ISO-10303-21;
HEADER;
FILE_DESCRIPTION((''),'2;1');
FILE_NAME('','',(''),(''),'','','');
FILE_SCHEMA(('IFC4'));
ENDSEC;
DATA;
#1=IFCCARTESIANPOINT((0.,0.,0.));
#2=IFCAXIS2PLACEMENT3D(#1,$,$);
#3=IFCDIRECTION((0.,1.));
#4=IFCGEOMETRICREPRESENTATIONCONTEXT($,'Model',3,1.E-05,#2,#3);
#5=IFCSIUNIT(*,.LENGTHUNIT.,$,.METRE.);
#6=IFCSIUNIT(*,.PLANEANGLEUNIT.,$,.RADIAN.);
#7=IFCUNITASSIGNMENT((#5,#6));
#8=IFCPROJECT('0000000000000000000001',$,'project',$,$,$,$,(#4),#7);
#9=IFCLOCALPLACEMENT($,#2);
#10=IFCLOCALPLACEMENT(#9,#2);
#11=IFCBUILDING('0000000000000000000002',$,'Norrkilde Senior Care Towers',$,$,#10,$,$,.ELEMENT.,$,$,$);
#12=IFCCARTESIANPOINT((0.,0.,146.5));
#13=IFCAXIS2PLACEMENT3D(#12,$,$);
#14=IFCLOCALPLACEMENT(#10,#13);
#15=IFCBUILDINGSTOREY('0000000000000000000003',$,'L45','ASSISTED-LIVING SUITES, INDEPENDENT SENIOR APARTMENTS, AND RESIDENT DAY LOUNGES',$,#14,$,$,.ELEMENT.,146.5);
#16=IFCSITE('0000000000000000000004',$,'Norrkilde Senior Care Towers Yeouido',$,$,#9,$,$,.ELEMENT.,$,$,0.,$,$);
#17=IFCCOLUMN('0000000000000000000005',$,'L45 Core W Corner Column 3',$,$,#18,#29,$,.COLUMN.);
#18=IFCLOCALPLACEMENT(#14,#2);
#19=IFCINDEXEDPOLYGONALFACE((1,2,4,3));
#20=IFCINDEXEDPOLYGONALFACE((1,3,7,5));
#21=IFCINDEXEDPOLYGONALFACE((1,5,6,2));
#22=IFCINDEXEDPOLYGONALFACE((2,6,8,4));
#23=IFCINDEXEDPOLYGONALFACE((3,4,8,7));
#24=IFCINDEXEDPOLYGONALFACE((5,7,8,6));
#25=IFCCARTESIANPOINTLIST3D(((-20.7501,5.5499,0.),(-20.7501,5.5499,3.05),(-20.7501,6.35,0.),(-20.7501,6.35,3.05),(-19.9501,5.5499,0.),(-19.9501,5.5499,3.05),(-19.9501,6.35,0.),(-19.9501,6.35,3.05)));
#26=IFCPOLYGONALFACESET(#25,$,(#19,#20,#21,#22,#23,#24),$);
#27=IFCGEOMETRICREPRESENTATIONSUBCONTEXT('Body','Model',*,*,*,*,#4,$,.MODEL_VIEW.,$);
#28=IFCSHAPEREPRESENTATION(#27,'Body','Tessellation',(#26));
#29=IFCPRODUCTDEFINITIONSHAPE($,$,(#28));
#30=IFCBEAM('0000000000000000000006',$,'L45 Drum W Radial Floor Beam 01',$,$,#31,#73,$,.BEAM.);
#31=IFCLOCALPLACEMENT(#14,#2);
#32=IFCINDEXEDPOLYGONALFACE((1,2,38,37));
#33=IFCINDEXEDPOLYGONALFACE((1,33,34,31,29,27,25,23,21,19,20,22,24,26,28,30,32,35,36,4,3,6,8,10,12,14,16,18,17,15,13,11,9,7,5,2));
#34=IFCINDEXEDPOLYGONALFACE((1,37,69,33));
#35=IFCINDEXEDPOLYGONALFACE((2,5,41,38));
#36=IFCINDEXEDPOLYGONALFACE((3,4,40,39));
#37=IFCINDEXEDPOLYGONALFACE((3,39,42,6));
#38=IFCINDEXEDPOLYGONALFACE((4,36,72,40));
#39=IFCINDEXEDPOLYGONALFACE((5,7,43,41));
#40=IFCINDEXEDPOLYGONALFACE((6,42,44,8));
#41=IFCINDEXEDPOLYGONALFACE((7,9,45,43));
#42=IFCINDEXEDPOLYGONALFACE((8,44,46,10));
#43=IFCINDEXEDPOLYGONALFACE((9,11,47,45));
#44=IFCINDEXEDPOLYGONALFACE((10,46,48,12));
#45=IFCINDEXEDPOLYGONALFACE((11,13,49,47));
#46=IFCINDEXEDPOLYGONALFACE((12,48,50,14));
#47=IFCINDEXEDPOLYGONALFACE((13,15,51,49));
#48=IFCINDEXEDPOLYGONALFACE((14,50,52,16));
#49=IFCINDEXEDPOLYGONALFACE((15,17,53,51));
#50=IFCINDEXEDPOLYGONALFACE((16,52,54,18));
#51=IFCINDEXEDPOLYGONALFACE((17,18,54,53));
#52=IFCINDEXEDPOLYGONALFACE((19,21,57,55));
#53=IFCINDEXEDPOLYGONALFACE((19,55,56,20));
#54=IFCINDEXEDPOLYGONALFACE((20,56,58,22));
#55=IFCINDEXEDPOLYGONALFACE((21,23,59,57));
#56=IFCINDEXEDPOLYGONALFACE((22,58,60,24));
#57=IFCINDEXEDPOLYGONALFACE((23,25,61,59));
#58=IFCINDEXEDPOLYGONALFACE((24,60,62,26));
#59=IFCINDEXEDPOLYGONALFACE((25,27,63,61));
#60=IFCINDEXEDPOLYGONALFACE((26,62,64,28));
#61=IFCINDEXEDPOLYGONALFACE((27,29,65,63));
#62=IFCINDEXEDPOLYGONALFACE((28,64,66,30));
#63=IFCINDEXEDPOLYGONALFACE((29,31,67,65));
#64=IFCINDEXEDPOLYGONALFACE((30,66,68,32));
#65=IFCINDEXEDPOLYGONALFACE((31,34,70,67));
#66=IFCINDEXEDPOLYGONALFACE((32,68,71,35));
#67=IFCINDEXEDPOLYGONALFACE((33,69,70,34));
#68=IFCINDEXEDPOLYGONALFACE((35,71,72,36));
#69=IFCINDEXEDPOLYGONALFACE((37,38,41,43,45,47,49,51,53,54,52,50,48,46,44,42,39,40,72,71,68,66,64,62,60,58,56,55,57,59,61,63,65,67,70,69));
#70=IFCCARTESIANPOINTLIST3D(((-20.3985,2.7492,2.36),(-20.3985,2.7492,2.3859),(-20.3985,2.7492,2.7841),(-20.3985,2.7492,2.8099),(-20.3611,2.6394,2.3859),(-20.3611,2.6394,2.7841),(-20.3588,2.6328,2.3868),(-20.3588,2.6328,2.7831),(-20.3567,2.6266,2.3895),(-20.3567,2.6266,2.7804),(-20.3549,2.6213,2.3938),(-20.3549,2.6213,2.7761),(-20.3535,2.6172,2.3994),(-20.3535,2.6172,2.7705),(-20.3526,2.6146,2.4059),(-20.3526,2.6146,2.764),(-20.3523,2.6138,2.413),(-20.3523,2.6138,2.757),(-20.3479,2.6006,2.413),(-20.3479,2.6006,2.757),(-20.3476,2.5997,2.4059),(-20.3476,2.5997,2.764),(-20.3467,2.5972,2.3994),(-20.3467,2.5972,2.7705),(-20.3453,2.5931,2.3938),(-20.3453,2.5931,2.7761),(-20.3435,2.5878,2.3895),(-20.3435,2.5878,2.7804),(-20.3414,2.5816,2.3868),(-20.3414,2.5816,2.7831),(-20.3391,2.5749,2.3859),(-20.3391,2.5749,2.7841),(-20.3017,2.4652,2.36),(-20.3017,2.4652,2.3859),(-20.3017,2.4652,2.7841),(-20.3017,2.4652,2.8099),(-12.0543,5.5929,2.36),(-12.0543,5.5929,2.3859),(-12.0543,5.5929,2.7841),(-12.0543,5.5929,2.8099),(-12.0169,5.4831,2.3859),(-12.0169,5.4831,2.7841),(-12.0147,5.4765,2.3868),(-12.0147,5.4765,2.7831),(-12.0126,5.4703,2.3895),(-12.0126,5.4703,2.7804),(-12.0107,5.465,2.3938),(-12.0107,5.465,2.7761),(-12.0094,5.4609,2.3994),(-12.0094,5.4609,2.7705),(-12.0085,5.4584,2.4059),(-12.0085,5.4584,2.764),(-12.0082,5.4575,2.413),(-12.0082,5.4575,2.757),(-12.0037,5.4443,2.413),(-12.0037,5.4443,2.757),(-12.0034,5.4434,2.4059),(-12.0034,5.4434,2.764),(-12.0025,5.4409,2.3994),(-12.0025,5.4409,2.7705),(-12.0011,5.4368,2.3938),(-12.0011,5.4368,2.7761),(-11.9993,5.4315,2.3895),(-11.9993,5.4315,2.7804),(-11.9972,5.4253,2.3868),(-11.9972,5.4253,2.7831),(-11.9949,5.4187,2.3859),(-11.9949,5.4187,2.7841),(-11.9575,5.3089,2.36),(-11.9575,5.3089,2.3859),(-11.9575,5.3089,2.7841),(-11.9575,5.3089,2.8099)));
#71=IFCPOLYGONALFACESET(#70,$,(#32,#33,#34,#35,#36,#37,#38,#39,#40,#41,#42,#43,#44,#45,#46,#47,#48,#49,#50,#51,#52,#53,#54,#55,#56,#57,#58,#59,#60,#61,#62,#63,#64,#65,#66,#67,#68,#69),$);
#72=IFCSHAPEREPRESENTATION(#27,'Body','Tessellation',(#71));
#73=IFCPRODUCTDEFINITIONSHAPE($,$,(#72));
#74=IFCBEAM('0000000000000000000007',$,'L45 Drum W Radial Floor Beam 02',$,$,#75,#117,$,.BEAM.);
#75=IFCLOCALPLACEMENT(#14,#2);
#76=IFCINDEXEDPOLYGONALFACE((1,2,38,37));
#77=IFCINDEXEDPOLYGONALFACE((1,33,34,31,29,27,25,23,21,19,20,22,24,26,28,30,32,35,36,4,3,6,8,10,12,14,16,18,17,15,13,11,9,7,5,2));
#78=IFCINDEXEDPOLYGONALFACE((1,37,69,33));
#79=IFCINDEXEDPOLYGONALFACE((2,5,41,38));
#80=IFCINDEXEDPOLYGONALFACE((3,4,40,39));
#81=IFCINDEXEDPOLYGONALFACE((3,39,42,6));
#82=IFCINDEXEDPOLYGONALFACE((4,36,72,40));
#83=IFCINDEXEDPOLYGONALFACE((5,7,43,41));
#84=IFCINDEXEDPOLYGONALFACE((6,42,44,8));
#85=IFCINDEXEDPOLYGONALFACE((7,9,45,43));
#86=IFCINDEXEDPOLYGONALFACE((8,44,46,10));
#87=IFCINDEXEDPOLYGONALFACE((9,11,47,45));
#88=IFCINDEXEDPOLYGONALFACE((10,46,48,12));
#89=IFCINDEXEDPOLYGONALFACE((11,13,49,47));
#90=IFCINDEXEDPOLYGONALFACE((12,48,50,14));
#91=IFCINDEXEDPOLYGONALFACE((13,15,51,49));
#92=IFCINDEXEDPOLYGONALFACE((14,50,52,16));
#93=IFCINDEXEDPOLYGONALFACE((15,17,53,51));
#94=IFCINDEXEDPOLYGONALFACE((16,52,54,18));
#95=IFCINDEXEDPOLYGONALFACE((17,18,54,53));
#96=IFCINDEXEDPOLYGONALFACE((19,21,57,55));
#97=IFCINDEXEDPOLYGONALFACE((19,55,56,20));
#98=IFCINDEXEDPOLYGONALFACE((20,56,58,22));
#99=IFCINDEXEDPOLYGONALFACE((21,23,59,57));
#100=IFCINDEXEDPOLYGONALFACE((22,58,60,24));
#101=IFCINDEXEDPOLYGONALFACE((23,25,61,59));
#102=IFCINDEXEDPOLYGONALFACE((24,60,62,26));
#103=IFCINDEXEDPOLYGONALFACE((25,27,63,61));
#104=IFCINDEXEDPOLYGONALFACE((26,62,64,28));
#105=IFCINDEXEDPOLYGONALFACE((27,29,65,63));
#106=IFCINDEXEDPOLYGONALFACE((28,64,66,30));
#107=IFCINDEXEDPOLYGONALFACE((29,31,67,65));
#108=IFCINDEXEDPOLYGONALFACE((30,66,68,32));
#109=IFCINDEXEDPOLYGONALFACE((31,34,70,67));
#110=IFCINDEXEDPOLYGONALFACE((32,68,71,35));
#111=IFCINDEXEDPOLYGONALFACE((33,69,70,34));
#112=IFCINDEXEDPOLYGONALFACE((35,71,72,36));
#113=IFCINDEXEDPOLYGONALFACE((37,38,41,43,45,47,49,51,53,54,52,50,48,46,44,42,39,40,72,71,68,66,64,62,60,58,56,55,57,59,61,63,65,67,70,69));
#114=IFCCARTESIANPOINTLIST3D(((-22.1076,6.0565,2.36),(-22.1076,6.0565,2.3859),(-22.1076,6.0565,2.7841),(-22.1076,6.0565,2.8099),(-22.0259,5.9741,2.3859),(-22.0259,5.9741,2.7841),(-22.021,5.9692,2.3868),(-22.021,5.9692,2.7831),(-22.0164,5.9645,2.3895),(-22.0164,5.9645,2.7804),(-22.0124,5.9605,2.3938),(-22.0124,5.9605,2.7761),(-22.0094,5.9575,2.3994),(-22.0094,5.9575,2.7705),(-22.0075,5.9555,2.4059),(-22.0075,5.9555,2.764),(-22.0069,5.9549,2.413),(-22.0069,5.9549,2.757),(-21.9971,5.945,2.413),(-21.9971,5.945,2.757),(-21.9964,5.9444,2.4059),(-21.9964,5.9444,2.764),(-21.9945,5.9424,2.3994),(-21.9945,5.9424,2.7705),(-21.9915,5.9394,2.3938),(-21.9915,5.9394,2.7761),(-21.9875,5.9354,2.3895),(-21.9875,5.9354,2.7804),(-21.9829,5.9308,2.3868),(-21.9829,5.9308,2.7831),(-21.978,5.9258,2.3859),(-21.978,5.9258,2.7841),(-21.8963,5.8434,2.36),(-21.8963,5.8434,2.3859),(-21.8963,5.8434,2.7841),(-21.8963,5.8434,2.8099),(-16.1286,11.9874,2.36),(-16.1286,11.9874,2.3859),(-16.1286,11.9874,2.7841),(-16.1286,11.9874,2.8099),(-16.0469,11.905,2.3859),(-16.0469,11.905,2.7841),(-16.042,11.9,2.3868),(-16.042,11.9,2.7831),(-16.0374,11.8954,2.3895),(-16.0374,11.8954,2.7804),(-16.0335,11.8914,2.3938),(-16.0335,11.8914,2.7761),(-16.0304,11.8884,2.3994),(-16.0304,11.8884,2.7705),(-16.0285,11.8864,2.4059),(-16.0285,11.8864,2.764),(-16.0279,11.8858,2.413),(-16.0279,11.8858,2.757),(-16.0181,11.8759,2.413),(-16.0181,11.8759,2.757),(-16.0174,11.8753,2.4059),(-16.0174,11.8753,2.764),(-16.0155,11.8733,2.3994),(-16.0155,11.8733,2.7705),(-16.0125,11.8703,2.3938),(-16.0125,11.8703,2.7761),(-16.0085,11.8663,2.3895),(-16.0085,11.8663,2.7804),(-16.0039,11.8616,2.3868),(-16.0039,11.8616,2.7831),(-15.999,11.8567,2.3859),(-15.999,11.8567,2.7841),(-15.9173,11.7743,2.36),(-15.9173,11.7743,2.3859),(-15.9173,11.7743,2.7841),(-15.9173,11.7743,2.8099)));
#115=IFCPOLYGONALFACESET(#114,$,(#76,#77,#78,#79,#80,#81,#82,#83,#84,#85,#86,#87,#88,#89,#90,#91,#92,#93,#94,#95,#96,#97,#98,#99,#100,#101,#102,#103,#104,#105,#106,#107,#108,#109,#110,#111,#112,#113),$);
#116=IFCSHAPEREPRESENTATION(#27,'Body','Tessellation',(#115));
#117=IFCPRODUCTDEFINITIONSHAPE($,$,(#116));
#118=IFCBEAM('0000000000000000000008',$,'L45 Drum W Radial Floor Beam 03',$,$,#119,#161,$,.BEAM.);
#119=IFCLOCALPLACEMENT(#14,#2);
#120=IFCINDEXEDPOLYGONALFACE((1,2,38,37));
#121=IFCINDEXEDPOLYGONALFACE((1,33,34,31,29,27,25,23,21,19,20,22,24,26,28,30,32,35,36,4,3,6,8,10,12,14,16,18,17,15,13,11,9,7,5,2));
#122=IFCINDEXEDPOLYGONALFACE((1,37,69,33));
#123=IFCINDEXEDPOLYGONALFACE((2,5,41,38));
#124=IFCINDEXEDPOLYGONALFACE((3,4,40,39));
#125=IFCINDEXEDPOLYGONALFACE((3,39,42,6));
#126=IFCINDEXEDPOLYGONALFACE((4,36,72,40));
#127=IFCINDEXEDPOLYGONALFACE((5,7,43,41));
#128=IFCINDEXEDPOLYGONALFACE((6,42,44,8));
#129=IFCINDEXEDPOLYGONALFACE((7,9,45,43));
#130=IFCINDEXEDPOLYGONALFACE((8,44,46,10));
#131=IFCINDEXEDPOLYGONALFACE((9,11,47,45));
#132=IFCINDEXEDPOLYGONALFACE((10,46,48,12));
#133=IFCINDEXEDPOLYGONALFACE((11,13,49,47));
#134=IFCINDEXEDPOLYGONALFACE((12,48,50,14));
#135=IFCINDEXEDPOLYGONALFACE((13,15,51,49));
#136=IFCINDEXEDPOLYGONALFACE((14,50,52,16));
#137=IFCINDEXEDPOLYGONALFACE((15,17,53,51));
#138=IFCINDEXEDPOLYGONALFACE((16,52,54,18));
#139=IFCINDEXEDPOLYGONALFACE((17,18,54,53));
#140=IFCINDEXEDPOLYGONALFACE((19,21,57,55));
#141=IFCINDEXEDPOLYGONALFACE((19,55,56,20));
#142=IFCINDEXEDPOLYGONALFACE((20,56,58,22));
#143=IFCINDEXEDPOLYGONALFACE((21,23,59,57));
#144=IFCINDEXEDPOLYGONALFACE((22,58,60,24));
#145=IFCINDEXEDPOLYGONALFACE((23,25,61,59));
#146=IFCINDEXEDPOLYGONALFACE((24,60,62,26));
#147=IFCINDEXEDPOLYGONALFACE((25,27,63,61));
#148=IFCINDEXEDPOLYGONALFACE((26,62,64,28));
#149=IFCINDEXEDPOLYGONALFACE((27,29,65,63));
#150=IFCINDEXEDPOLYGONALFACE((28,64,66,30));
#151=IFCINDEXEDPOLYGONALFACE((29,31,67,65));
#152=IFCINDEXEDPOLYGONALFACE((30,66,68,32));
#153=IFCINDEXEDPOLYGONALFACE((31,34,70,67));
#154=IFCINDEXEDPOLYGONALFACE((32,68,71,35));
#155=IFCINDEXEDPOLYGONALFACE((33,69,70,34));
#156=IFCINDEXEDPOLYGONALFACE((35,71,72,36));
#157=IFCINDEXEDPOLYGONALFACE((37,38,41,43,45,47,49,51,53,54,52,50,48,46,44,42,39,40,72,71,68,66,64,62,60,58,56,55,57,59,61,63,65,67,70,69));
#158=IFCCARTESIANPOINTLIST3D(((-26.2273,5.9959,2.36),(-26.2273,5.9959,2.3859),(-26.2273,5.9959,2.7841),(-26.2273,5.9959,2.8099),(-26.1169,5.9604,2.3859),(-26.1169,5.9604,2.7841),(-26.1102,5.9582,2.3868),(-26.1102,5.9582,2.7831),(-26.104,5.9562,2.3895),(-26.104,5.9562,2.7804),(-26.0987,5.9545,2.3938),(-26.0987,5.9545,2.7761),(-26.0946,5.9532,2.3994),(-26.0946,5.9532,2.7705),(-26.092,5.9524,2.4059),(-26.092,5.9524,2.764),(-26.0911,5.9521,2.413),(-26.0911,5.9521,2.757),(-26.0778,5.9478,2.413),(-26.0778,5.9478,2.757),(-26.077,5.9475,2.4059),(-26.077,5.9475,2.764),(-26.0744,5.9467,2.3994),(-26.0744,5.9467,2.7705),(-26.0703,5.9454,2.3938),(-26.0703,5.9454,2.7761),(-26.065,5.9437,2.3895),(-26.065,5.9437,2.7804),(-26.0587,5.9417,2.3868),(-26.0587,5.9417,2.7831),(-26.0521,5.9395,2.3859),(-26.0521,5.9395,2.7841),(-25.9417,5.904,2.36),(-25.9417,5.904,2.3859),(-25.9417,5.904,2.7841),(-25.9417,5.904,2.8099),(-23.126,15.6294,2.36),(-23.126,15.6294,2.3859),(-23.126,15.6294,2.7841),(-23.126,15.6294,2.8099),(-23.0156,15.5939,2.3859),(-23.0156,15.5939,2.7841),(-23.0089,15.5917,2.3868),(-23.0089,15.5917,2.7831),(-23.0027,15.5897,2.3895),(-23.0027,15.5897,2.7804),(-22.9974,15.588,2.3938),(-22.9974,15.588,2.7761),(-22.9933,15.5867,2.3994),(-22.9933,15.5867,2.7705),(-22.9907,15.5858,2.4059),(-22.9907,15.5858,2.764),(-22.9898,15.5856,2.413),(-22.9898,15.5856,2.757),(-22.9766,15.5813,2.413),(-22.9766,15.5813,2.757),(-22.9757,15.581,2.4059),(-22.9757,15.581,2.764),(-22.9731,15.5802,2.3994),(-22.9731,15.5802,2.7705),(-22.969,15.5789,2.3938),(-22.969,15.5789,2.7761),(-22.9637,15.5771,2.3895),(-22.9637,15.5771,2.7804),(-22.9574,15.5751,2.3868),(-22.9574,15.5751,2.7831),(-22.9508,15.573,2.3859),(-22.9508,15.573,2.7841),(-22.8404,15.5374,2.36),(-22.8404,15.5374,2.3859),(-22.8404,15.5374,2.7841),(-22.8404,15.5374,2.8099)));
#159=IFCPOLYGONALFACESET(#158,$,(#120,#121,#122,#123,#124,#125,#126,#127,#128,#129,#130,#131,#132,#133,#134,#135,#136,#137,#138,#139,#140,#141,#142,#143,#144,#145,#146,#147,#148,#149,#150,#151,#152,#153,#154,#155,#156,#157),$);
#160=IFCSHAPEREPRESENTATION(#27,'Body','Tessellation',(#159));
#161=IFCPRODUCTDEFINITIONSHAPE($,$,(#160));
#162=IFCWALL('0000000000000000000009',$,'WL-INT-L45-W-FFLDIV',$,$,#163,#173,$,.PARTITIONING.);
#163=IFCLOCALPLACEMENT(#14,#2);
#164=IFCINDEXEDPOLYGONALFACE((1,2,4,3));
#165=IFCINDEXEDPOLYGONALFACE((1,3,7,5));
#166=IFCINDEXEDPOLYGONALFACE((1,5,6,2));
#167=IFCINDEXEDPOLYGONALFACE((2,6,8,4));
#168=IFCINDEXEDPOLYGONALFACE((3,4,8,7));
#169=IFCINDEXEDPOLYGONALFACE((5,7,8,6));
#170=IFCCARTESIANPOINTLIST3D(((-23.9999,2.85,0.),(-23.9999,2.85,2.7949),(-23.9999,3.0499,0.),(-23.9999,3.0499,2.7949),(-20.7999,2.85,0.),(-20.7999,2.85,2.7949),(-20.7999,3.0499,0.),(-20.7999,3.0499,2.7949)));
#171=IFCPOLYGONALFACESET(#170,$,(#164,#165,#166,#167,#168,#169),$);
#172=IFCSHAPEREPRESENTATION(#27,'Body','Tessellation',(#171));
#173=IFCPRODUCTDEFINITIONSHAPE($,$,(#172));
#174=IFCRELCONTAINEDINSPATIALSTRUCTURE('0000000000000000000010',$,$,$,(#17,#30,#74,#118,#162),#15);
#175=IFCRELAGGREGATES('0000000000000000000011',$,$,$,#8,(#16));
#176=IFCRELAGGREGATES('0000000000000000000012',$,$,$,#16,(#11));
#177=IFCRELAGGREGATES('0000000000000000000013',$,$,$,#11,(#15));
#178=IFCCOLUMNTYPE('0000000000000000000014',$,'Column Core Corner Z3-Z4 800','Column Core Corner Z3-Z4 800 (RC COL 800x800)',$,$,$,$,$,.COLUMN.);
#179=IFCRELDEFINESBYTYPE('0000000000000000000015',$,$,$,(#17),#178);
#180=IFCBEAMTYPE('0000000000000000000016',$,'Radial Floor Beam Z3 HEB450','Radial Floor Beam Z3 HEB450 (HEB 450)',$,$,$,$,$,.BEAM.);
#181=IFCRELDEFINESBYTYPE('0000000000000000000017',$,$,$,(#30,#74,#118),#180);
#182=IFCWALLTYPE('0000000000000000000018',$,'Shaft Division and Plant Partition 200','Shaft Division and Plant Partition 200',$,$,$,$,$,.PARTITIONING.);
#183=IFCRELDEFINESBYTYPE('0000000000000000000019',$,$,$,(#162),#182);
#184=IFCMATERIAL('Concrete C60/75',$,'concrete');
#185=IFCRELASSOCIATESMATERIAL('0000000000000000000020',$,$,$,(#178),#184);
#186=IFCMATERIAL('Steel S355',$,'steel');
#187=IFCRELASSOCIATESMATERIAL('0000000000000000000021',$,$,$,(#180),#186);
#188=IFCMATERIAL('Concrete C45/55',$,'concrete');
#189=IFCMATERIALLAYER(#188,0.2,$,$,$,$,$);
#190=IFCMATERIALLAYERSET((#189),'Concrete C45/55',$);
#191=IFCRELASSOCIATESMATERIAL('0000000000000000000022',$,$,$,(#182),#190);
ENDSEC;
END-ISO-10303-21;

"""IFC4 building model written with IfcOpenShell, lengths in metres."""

from ifc_helpers import new_model, si_unit, direction, frame, frame_2d, origin, origin_2d, place, context, subcontext, project, spatial, rectangle, i_section, extrude, source, transform, mapped, material, layer, layer_set, material_profile, profile_set, type_object, type_shapes, element, save


model = new_model("IFC4")

# Units and contexts
model_context = context("Model", 3, precision=1e-05, world=origin(), true_north=direction((0.0, 1.0)))
body_context = subcontext(model_context, "Body", "Model", "MODEL_VIEW")
ifc_project = project(units=[si_unit("LENGTHUNIT", "METRE"), si_unit("PLANEANGLEUNIT", "RADIAN")], contexts=[model_context])

# Site, building, storey
site_placement = place(None, origin())
site = spatial("IfcSite", under=ifc_project, at=site_placement, Name="Norrkilde Senior Care Towers Yeouido", CompositionType="ELEMENT", RefElevation=0.0)
building_placement = place(site_placement, origin())
building = spatial("IfcBuilding", under=site, at=building_placement, Name="Norrkilde Senior Care Towers", CompositionType="ELEMENT")
storey_placement = place(building_placement, frame((0.0, 0.0, 146.5)))
storey = spatial("IfcBuildingStorey", under=building, at=storey_placement, Name="L45", Description="ASSISTED-LIVING SUITES, INDEPENDENT SENIOR APARTMENTS, AND RESIDENT DAY LOUNGES", CompositionType="ELEMENT", Elevation=146.5)

# Column
ifc_material_1 = material(Name="Concrete C60/75", Category="concrete")
ifc_material_profile_1 = material_profile(ifc_material_1, rectangle(XDim=0.8, YDim=0.8, at=origin_2d()), Name="RC COL 800x800")
ifc_profile_set_1 = profile_set([ifc_material_profile_1], Name="Concrete C60/75")
column_type = type_object("IfcColumnType", Name="Column Core Corner Z3-Z4 800", Description="Column Core Corner Z3-Z4 800 (RC COL 800x800)", PredefinedType="COLUMN", material=ifc_profile_set_1)
shared_shape_1 = source(origin(), body_context, "Body", "SweptSolid", [
    extrude(rectangle(XDim=0.8, YDim=0.8, at=origin_2d()), origin(), (0.0, 0.0, 1.0), 3.05),
])
type_shapes(column_type, [shared_shape_1])
column_placement = place(storey_placement, frame((-20.3501, 5.95, 0.0), z_axis=(0.0, 0.0, 1.0), x_axis=(1.0, 0.0, 0.0)))
element("IfcColumn", 1, at=column_placement, inside=storey, type_object=column_type, Name="L45 Core W Corner Column 3", PredefinedType="COLUMN", context=body_context, shape_type="MappedRepresentation", body=[
    mapped(shared_shape_1, transform((0.0, 0.0, 0.0), x_axis=(1.0, 0.0, 0.0), y_axis=(0.0, 1.0, 0.0), z_axis=(0.0, 0.0, 1.0), scale=1.0)),
])

# Beams
ifc_material_2 = material(Name="Steel S355", Category="steel")
ifc_material_profile_2 = material_profile(ifc_material_2, i_section(OverallWidth=0.3, OverallDepth=0.45, WebThickness=0.0139, FlangeThickness=0.0259, FilletRadius=0.0271, at=origin_2d()), Name="HEB 450")
ifc_profile_set_2 = profile_set([ifc_material_profile_2], Name="Steel S355")
beam_type = type_object("IfcBeamType", Name="Radial Floor Beam Z3 HEB450", Description="Radial Floor Beam Z3 HEB450 (HEB 450)", PredefinedType="BEAM", material=ifc_profile_set_2)
shared_shape_2 = source(origin(), body_context, "Body", "SweptSolid", [
    extrude(i_section(OverallWidth=0.3, OverallDepth=0.45, WebThickness=0.0139, FlangeThickness=0.0259, FilletRadius=0.0271, at=origin_2d()), origin(), (0.0, 0.0, 1.0), 8.8154),
])
beam_1_placement = place(storey_placement, frame((-20.3501, 2.6072, 2.585), z_axis=(0.946541, 0.322585, 0.0), x_axis=(-0.322585, 0.946541, 0.0)))
element("IfcBeam", 2, at=beam_1_placement, inside=storey, type_object=beam_type, Name="L45 Drum W Radial Floor Beam 01", PredefinedType="BEAM", context=body_context, shape_type="MappedRepresentation", body=[
    mapped(shared_shape_2, transform((0.0, 0.0, 0.0), x_axis=(1.0, 0.0, 0.0), y_axis=(0.0, 1.0, 0.0), z_axis=(0.0, 0.0, 1.0), scale=1.0)),
])
shared_shape_3 = source(origin(), body_context, "Body", "SweptSolid", [
    extrude(i_section(OverallWidth=0.3, OverallDepth=0.45, WebThickness=0.0139, FlangeThickness=0.0259, FilletRadius=0.0271, at=origin_2d()), origin(), (0.0, 0.0, 1.0), 8.4216),
])
beam_2_placement = place(storey_placement, frame((-22.002, 5.95, 2.585), z_axis=(0.709956, 0.704246, 0.0), x_axis=(-0.704246, 0.709956, 0.0)))
element("IfcBeam", 3, at=beam_2_placement, inside=storey, type_object=beam_type, Name="L45 Drum W Radial Floor Beam 02", PredefinedType="BEAM", context=body_context, shape_type="MappedRepresentation", body=[
    mapped(shared_shape_3, transform((0.0, 0.0, 0.0), x_axis=(1.0, 0.0, 0.0), y_axis=(0.0, 1.0, 0.0), z_axis=(0.0, 0.0, 1.0), scale=1.0)),
])
shared_shape_4 = source(origin(), body_context, "Body", "SweptSolid", [
    extrude(i_section(OverallWidth=0.3, OverallDepth=0.45, WebThickness=0.0139, FlangeThickness=0.0259, FilletRadius=0.0271, at=origin_2d()), origin(), (0.0, 0.0, 1.0), 10.1204),
])
type_shapes(beam_type, [shared_shape_2, shared_shape_3, shared_shape_4])
beam_3_placement = place(storey_placement, frame((-26.0845, 5.95, 2.585), z_axis=(0.306441, 0.95189, 0.0), x_axis=(-0.95189, 0.306441, 0.0)))
element("IfcBeam", 4, at=beam_3_placement, inside=storey, type_object=beam_type, Name="L45 Drum W Radial Floor Beam 03", PredefinedType="BEAM", context=body_context, shape_type="MappedRepresentation", body=[
    mapped(shared_shape_4, transform((0.0, 0.0, 0.0), x_axis=(1.0, 0.0, 0.0), y_axis=(0.0, 1.0, 0.0), z_axis=(0.0, 0.0, 1.0), scale=1.0)),
])

# Shared definitions
ifc_material_3 = material(Name="Concrete C45/55", Category="concrete")

# Wall
ifc_layer_1 = layer(ifc_material_3, 0.2)
ifc_layer_set_1 = layer_set([ifc_layer_1], Name="Concrete C45/55")
wall_type_1 = type_object("IfcWallType", Name="Shaft Division and Plant Partition 200", Description="Shaft Division and Plant Partition 200", PredefinedType="PARTITIONING", material=ifc_layer_set_1)
shared_shape_5 = source(origin(), body_context, "Body", "SweptSolid", [
    extrude(rectangle(XDim=3.2, YDim=0.2, at=frame_2d((1.6001, 0.0))), origin(), (0.0, 0.0, 1.0), 2.7949),
])
type_shapes(wall_type_1, [shared_shape_5])
wall_1_placement = place(storey_placement, frame((-24.0, 2.95, 0.0), z_axis=(0.0, 0.0, 1.0), x_axis=(1.0, 0.0, 0.0)))
element("IfcWall", 5, at=wall_1_placement, inside=storey, type_object=wall_type_1, Name="WL-INT-L45-W-FFLDIV", PredefinedType="PARTITIONING", context=body_context, shape_type="MappedRepresentation", body=[
    mapped(shared_shape_5, transform((0.0, 0.0, 0.0), x_axis=(1.0, 0.0, 0.0), y_axis=(0.0, 1.0, 0.0), z_axis=(0.0, 0.0, 1.0), scale=1.0)),
])

save(model, "model.ifc")
